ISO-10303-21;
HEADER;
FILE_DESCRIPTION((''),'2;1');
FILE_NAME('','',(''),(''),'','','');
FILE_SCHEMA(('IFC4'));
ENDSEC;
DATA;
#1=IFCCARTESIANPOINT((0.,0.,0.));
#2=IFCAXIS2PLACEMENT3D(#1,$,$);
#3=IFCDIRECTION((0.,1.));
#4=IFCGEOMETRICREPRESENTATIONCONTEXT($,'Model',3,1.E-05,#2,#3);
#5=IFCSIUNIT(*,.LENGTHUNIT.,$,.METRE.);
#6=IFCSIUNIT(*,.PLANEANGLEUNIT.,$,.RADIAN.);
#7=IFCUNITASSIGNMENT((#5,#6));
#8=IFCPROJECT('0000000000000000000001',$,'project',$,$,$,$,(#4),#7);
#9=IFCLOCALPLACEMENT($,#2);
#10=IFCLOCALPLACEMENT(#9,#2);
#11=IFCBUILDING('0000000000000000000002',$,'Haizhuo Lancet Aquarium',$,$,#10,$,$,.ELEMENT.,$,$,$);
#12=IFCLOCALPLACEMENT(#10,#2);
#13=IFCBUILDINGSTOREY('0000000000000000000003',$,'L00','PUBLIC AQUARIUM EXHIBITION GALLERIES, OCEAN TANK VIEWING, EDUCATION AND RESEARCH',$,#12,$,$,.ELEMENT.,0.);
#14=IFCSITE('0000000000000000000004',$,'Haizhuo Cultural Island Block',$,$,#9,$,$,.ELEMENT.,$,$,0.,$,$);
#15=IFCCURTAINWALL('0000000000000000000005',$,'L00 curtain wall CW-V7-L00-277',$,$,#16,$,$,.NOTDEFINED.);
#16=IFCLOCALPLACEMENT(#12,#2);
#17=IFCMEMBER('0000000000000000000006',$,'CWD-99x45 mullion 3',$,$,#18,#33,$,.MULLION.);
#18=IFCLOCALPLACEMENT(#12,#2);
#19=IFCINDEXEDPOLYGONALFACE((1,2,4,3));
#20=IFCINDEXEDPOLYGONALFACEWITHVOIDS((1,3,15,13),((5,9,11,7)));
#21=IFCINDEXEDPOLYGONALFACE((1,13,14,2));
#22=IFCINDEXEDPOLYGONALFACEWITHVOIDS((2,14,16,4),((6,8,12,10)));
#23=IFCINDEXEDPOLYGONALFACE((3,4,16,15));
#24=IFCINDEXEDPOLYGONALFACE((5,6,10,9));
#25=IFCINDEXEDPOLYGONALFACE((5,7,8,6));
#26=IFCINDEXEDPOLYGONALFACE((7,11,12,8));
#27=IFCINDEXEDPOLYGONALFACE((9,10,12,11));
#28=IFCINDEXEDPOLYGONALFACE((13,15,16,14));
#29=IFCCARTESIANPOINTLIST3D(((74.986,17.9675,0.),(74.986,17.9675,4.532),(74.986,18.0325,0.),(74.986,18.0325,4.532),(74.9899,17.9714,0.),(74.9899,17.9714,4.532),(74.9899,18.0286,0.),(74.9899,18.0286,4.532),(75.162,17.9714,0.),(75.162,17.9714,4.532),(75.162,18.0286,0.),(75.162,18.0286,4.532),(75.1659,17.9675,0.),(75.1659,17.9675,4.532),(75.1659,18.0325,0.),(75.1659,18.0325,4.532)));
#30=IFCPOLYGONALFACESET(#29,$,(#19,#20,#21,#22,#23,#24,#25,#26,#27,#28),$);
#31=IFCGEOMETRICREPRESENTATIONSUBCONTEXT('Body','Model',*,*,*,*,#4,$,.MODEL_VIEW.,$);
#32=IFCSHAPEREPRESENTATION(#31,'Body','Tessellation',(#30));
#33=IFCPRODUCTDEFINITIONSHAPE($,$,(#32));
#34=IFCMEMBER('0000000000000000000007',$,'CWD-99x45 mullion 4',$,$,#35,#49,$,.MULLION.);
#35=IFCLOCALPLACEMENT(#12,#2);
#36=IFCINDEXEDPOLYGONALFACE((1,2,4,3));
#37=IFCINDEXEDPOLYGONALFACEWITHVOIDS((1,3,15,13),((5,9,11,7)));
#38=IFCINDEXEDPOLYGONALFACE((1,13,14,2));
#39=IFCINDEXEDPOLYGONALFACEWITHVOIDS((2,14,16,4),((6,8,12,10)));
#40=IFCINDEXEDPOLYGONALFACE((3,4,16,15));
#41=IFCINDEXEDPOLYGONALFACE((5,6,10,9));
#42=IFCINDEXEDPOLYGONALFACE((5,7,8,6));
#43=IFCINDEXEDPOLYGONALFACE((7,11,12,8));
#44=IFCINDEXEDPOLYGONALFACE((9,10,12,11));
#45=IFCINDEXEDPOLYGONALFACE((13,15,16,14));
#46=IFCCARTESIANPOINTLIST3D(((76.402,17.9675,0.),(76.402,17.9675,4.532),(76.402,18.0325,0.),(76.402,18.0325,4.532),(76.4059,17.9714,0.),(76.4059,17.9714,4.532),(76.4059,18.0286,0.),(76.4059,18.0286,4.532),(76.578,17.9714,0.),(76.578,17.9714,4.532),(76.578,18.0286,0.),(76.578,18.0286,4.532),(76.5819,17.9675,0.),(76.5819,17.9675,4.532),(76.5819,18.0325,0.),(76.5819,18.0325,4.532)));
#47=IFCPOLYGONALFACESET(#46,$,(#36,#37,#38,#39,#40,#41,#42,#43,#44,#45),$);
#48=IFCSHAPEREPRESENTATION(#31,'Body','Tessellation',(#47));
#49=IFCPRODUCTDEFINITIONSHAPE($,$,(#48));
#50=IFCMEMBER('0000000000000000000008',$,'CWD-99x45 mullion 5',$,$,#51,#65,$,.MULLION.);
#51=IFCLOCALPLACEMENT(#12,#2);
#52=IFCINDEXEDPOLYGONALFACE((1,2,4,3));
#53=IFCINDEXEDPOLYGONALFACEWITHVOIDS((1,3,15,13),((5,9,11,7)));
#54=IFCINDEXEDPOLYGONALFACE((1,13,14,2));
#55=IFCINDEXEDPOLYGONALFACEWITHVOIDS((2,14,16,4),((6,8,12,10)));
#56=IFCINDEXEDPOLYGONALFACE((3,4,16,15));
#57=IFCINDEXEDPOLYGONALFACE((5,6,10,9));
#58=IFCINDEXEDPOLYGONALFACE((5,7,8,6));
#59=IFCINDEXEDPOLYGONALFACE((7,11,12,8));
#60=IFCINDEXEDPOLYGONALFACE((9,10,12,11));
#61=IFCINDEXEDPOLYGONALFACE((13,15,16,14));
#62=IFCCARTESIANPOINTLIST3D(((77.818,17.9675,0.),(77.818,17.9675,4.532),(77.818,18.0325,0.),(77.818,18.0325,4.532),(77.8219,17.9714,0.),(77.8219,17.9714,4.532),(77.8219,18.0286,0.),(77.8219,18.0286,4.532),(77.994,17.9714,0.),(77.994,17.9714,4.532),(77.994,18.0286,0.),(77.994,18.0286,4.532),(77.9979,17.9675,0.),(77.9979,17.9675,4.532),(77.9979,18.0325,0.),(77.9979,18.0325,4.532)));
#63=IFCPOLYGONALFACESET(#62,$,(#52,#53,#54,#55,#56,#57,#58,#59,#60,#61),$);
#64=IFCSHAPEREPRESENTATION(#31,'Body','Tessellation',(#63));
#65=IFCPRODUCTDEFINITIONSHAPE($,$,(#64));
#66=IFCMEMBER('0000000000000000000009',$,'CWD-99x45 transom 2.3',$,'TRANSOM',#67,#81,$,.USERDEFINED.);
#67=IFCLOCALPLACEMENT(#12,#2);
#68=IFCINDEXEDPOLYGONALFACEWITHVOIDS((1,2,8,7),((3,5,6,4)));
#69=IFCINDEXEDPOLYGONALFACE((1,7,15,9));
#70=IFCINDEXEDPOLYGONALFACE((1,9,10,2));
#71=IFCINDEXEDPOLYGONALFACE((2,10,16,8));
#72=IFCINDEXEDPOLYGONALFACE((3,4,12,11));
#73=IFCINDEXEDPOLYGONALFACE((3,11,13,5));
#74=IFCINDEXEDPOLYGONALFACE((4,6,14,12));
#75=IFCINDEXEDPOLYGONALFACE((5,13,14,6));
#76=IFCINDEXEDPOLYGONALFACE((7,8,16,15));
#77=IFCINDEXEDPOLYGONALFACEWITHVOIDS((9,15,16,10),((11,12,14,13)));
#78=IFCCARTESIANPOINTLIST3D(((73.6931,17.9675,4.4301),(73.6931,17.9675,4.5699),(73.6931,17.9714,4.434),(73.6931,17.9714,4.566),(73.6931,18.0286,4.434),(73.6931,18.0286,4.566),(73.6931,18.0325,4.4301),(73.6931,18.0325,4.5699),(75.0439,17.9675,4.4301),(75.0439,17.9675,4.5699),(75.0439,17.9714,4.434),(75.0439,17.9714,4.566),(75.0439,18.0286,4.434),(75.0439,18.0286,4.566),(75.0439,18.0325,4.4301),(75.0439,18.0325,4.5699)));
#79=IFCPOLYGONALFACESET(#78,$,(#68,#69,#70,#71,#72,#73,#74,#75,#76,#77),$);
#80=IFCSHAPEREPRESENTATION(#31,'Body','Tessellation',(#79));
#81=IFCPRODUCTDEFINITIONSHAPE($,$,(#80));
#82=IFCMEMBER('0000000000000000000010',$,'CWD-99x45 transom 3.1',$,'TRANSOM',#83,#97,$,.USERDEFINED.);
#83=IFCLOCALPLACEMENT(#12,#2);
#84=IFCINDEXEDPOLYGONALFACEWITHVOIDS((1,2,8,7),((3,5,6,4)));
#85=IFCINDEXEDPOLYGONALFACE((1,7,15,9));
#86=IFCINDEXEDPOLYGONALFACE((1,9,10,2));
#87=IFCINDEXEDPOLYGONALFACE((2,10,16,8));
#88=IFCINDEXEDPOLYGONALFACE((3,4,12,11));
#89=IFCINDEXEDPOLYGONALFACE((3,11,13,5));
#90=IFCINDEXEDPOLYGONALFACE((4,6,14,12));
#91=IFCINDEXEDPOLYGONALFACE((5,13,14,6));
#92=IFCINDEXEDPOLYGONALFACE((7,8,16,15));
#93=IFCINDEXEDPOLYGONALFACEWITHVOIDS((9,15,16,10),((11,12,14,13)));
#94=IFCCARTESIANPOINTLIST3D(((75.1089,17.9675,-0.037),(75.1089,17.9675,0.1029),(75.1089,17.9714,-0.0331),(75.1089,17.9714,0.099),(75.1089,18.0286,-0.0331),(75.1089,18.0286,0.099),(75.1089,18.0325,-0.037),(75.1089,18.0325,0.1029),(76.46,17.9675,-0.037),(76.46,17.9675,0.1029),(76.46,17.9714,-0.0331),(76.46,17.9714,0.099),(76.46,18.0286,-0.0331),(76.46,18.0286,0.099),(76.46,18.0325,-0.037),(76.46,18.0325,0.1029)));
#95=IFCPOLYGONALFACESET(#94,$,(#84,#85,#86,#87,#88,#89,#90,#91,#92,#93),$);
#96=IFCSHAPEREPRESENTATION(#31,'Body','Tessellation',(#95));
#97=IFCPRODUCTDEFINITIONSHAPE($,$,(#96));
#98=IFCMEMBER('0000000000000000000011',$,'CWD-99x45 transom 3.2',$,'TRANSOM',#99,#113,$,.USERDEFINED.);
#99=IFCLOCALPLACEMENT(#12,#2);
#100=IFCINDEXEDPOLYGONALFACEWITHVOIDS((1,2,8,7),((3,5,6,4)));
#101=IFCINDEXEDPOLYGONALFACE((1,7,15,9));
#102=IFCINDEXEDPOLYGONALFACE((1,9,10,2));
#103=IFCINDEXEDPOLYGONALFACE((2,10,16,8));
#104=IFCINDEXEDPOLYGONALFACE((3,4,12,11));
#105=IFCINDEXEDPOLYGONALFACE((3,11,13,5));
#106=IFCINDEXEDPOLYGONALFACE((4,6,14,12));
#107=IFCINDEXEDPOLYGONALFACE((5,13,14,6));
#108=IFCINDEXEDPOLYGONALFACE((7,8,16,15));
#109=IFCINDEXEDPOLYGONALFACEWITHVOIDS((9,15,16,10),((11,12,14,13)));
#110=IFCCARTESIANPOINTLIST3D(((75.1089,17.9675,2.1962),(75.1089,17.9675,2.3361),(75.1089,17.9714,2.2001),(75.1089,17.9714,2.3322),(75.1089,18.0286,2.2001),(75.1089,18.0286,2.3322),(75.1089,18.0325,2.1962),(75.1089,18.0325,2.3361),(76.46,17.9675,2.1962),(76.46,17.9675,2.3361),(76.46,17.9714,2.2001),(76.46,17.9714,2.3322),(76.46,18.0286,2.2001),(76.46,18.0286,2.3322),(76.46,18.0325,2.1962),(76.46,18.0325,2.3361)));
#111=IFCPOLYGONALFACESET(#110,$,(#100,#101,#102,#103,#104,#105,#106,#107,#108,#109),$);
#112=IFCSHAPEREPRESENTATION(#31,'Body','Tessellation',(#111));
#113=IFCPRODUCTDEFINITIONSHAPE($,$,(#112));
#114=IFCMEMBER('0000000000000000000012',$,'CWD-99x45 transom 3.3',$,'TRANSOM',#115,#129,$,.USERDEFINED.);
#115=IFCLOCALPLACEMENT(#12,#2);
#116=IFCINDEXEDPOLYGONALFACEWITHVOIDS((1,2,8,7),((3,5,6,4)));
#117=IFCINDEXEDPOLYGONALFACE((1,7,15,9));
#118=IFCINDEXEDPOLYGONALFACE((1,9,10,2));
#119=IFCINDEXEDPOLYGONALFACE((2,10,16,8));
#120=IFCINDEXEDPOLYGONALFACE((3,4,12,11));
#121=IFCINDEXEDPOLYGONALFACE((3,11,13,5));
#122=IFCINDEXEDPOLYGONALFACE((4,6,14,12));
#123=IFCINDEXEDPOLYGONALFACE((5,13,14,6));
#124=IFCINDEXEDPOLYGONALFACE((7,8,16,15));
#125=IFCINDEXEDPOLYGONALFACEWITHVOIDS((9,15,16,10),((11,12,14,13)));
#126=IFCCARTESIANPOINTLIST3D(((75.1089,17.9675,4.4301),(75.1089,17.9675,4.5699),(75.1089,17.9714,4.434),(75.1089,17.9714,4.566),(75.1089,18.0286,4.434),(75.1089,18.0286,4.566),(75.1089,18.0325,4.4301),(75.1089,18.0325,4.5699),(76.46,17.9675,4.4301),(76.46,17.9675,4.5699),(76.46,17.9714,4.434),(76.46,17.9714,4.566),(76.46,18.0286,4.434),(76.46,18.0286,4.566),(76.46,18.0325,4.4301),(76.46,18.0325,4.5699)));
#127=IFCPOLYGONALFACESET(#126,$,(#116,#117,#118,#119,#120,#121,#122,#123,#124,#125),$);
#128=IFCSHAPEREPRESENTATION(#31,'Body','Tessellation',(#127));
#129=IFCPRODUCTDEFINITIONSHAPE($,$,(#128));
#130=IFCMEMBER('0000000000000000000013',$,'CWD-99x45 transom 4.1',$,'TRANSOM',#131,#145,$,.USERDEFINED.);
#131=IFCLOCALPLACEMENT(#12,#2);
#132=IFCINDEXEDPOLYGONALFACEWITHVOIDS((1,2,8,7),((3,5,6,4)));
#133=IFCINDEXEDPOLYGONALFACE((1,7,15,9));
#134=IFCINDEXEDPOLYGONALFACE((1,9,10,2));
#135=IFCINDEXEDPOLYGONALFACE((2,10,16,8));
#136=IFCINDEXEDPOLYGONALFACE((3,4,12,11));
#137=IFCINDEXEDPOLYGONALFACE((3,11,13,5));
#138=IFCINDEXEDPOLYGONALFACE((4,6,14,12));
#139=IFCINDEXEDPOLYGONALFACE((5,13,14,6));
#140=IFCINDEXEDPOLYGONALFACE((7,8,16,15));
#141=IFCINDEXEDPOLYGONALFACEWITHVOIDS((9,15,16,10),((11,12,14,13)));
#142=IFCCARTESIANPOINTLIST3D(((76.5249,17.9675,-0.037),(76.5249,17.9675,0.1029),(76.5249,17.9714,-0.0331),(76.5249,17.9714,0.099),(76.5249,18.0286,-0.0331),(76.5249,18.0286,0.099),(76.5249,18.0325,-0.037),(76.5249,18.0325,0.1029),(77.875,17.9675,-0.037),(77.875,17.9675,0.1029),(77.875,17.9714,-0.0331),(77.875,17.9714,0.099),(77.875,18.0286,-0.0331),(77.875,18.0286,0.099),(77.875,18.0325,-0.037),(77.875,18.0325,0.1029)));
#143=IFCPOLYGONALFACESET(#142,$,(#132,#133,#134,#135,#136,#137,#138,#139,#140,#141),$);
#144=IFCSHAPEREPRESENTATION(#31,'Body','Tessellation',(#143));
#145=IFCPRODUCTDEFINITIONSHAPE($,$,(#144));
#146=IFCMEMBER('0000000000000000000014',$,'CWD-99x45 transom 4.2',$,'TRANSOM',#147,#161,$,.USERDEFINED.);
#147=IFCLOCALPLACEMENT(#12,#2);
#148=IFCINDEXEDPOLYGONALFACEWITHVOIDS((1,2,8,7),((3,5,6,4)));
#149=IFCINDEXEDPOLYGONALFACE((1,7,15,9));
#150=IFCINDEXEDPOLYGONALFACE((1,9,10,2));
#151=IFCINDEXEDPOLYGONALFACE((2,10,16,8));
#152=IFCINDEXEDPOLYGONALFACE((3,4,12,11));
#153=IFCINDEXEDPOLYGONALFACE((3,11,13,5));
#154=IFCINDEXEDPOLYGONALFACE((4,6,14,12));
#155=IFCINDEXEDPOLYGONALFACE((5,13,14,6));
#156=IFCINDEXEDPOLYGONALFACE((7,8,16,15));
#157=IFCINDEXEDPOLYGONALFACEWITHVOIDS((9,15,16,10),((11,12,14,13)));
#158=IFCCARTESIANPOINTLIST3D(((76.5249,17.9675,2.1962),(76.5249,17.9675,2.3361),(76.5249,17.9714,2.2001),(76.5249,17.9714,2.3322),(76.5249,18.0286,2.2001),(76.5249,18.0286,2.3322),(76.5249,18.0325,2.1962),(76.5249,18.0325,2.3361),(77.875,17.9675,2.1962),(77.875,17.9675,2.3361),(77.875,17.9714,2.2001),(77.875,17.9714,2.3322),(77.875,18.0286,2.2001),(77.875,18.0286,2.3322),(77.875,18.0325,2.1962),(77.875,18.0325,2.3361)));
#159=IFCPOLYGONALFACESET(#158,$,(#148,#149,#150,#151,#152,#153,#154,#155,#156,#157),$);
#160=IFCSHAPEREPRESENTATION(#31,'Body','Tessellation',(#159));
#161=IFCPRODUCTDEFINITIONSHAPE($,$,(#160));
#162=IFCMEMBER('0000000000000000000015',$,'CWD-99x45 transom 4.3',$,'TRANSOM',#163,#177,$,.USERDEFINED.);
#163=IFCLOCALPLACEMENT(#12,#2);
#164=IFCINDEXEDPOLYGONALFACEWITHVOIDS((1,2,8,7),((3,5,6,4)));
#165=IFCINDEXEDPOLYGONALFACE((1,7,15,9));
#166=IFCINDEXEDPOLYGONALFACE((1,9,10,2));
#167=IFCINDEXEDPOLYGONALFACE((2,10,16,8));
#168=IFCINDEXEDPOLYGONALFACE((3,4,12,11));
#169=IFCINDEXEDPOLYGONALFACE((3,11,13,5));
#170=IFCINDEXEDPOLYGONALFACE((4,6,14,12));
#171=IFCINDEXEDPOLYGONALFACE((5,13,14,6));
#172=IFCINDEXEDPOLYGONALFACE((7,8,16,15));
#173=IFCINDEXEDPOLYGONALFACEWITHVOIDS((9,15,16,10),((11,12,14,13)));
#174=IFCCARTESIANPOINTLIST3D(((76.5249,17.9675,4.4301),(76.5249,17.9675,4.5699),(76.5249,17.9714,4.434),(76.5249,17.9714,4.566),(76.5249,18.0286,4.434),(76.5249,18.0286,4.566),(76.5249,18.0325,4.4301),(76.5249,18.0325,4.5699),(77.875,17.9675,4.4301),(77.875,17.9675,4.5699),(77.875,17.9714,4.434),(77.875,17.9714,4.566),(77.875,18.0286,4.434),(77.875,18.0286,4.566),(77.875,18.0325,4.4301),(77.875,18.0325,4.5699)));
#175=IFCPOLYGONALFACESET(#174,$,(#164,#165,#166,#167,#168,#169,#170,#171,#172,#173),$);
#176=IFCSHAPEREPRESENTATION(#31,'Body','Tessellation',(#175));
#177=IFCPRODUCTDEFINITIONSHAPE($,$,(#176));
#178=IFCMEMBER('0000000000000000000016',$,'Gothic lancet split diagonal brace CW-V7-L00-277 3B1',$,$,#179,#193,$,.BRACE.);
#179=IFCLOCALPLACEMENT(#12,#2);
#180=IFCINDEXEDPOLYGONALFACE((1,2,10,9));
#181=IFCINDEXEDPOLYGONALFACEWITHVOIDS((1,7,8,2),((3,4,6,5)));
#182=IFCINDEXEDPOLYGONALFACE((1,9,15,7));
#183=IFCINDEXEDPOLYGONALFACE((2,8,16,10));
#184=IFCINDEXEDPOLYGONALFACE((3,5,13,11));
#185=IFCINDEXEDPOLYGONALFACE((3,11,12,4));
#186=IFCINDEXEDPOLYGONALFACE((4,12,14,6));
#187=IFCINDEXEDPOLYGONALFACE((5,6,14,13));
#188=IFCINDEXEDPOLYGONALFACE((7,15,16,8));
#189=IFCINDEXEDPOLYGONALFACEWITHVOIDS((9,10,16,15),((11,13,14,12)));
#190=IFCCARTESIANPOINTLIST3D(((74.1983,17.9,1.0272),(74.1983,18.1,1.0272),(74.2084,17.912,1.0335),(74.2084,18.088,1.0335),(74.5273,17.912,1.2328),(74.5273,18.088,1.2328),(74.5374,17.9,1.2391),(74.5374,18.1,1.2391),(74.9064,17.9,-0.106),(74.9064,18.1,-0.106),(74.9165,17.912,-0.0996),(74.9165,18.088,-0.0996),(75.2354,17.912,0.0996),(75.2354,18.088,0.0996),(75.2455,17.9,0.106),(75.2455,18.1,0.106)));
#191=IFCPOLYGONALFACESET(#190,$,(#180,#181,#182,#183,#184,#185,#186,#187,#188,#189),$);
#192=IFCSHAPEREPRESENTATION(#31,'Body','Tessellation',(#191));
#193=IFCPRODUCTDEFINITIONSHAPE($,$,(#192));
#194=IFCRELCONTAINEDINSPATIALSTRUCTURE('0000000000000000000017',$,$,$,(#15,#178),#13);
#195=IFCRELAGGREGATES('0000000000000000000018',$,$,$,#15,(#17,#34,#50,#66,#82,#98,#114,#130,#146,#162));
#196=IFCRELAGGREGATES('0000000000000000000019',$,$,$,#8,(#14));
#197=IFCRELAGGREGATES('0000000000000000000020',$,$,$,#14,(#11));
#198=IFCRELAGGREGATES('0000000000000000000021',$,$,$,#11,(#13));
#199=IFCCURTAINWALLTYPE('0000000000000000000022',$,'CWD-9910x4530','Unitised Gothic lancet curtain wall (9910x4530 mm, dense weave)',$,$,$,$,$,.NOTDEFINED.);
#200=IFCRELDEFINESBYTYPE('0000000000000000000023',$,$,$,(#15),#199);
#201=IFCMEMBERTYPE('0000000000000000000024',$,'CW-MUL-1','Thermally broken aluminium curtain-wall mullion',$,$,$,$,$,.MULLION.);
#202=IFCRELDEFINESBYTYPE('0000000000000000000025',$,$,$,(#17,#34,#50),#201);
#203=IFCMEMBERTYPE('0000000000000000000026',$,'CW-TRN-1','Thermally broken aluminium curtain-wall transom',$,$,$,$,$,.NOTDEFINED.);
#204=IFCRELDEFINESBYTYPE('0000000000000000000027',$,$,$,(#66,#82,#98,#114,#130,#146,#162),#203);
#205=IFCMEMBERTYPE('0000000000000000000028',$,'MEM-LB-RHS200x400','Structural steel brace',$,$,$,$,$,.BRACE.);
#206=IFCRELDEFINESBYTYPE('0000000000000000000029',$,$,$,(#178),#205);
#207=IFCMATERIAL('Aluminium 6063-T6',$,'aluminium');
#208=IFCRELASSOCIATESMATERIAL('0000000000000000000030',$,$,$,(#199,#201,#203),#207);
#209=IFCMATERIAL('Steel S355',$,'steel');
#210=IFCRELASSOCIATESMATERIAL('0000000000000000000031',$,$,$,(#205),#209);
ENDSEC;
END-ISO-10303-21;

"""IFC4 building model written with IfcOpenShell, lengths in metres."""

from ifc_helpers import new_model, si_unit, direction, frame, origin, origin_2d, place, context, subcontext, project, spatial, hollow_rectangle, extrude, material, material_profile, profile_set, type_object, element, aggregate, save


model = new_model("IFC4")

# Units and contexts
model_context = context("Model", 3, precision=1e-05, world=origin(), true_north=direction((0.0, 1.0)))
body_context = subcontext(model_context, "Body", "Model", "MODEL_VIEW")
ifc_project = project(units=[si_unit("LENGTHUNIT", "METRE"), si_unit("PLANEANGLEUNIT", "RADIAN")], contexts=[model_context])

# Site, building, storey
site_placement = place(None, origin())
site = spatial("IfcSite", under=ifc_project, at=site_placement, Name="Haizhuo Cultural Island Block", CompositionType="ELEMENT", RefElevation=0.0)
building_placement = place(site_placement, origin())
building = spatial("IfcBuilding", under=site, at=building_placement, Name="Haizhuo Lancet Aquarium", CompositionType="ELEMENT")
storey_placement = place(building_placement, origin())
storey = spatial("IfcBuildingStorey", under=building, at=storey_placement, Name="L00", Description="PUBLIC AQUARIUM EXHIBITION GALLERIES, OCEAN TANK VIEWING, EDUCATION AND RESEARCH", CompositionType="ELEMENT", Elevation=0.0)

# Curtain wall, members
ifc_material_1 = material(Name="Aluminium 6063-T6", Category="aluminium")
curtain_wall_type = type_object("IfcCurtainWallType", Name="CWD-9910x4530", Description="Unitised Gothic lancet curtain wall (9910x4530 mm, dense weave)", PredefinedType="NOTDEFINED", material=ifc_material_1)
curtain_wall_placement = place(storey_placement, origin())
curtain_wall = element("IfcCurtainWall", 1, at=curtain_wall_placement, inside=storey, type_object=curtain_wall_type, Name="L00 curtain wall CW-V7-L00-277", PredefinedType="NOTDEFINED")
ifc_material_profile_1 = material_profile(ifc_material_1, hollow_rectangle(XDim=0.0649, YDim=0.1799, WallThickness=0.0039, at=origin_2d()), Name="ALU-M 65x180x4")
ifc_profile_set_1 = profile_set([ifc_material_profile_1], Name="Aluminium 6063-T6")
member_type_1 = type_object("IfcMemberType", Name="CW-MUL-1", Description="Thermally broken aluminium curtain-wall mullion", PredefinedType="MULLION", material=ifc_profile_set_1)
member_1_placement = place(storey_placement, frame((75.0759, 18.0, 0.0), z_axis=(0.0, 0.0, 1.0), x_axis=(0.0, 1.0, 0.0)))
member_1 = element("IfcMember", 2, at=member_1_placement, type_object=member_type_1, Name="CWD-99x45 mullion 3", PredefinedType="MULLION", context=body_context, shape_type="SweptSolid", body=[
    extrude(hollow_rectangle(XDim=0.0649, YDim=0.1799, WallThickness=0.0039, at=origin_2d()), origin(), (0.0, 0.0, 1.0), 4.532),
])
member_2_placement = place(storey_placement, frame((76.4919, 18.0, 0.0), z_axis=(0.0, 0.0, 1.0), x_axis=(0.0, 1.0, 0.0)))
member_2 = element("IfcMember", 3, at=member_2_placement, type_object=member_type_1, Name="CWD-99x45 mullion 4", PredefinedType="MULLION", context=body_context, shape_type="SweptSolid", body=[
    extrude(hollow_rectangle(XDim=0.0649, YDim=0.1799, WallThickness=0.0039, at=origin_2d()), origin(), (0.0, 0.0, 1.0), 4.532),
])
member_3_placement = place(storey_placement, frame((77.908, 18.0, 0.0), z_axis=(0.0, 0.0, 1.0), x_axis=(0.0, 1.0, 0.0)))
member_3 = element("IfcMember", 4, at=member_3_placement, type_object=member_type_1, Name="CWD-99x45 mullion 5", PredefinedType="MULLION", context=body_context, shape_type="SweptSolid", body=[
    extrude(hollow_rectangle(XDim=0.0649, YDim=0.1799, WallThickness=0.0039, at=origin_2d()), origin(), (0.0, 0.0, 1.0), 4.532),
])
ifc_material_profile_2 = material_profile(ifc_material_1, hollow_rectangle(XDim=0.0649, YDim=0.1399, WallThickness=0.0039, at=origin_2d()), Name="ALU-T 65x140x4")
ifc_profile_set_2 = profile_set([ifc_material_profile_2], Name="Aluminium 6063-T6")
member_type_2 = type_object("IfcMemberType", Name="CW-TRN-1", Description="Thermally broken aluminium curtain-wall transom", PredefinedType="NOTDEFINED", material=ifc_profile_set_2)
member_4_placement = place(storey_placement, frame((73.6931, 18.0, 4.5), z_axis=(1.0, 0.0, 0.0), x_axis=(0.0, 1.0, 0.0)))
member_4 = element("IfcMember", 5, at=member_4_placement, type_object=member_type_2, Name="CWD-99x45 transom 2.3", ObjectType="TRANSOM", PredefinedType="USERDEFINED", context=body_context, shape_type="SweptSolid", body=[
    extrude(hollow_rectangle(XDim=0.0649, YDim=0.1399, WallThickness=0.0039, at=origin_2d()), origin(), (0.0, 0.0, 1.0), 1.3508),
])
member_5_placement = place(storey_placement, frame((75.1089, 18.0, 0.033), z_axis=(1.0, 0.0, 0.0), x_axis=(0.0, 1.0, 0.0)))
member_5 = element("IfcMember", 6, at=member_5_placement, type_object=member_type_2, Name="CWD-99x45 transom 3.1", ObjectType="TRANSOM", PredefinedType="USERDEFINED", context=body_context, shape_type="SweptSolid", body=[
    extrude(hollow_rectangle(XDim=0.0649, YDim=0.1399, WallThickness=0.0039, at=origin_2d()), origin(), (0.0, 0.0, 1.0), 1.3511),
])
member_6_placement = place(storey_placement, frame((75.1089, 18.0, 2.2661), z_axis=(1.0, 0.0, 0.0), x_axis=(0.0, 1.0, 0.0)))
member_6 = element("IfcMember", 7, at=member_6_placement, type_object=member_type_2, Name="CWD-99x45 transom 3.2", ObjectType="TRANSOM", PredefinedType="USERDEFINED", context=body_context, shape_type="SweptSolid", body=[
    extrude(hollow_rectangle(XDim=0.0649, YDim=0.1399, WallThickness=0.0039, at=origin_2d()), origin(), (0.0, 0.0, 1.0), 1.3511),
])
member_7_placement = place(storey_placement, frame((75.1089, 18.0, 4.5), z_axis=(1.0, 0.0, 0.0), x_axis=(0.0, 1.0, 0.0)))
member_7 = element("IfcMember", 8, at=member_7_placement, type_object=member_type_2, Name="CWD-99x45 transom 3.3", ObjectType="TRANSOM", PredefinedType="USERDEFINED", context=body_context, shape_type="SweptSolid", body=[
    extrude(hollow_rectangle(XDim=0.0649, YDim=0.1399, WallThickness=0.0039, at=origin_2d()), origin(), (0.0, 0.0, 1.0), 1.3511),
])
member_8_placement = place(storey_placement, frame((76.5249, 18.0, 0.033), z_axis=(1.0, 0.0, 0.0), x_axis=(0.0, 1.0, 0.0)))
member_8 = element("IfcMember", 9, at=member_8_placement, type_object=member_type_2, Name="CWD-99x45 transom 4.1", ObjectType="TRANSOM", PredefinedType="USERDEFINED", context=body_context, shape_type="SweptSolid", body=[
    extrude(hollow_rectangle(XDim=0.0649, YDim=0.1399, WallThickness=0.0039, at=origin_2d()), origin(), (0.0, 0.0, 1.0), 1.3501),
])
member_9_placement = place(storey_placement, frame((76.5249, 18.0, 2.2661), z_axis=(1.0, 0.0, 0.0), x_axis=(0.0, 1.0, 0.0)))
member_9 = element("IfcMember", 10, at=member_9_placement, type_object=member_type_2, Name="CWD-99x45 transom 4.2", ObjectType="TRANSOM", PredefinedType="USERDEFINED", context=body_context, shape_type="SweptSolid", body=[
    extrude(hollow_rectangle(XDim=0.0649, YDim=0.1399, WallThickness=0.0039, at=origin_2d()), origin(), (0.0, 0.0, 1.0), 1.3501),
])
member_10_placement = place(storey_placement, frame((76.5249, 18.0, 4.5), z_axis=(1.0, 0.0, 0.0), x_axis=(0.0, 1.0, 0.0)))
member_10 = element("IfcMember", 11, at=member_10_placement, type_object=member_type_2, Name="CWD-99x45 transom 4.3", ObjectType="TRANSOM", PredefinedType="USERDEFINED", context=body_context, shape_type="SweptSolid", body=[
    extrude(hollow_rectangle(XDim=0.0649, YDim=0.1399, WallThickness=0.0039, at=origin_2d()), origin(), (0.0, 0.0, 1.0), 1.3501),
])

# Member
ifc_material_2 = material(Name="Steel S355", Category="steel")
ifc_material_profile_3 = material_profile(ifc_material_2, hollow_rectangle(XDim=0.2, YDim=0.3999, WallThickness=0.012, at=origin_2d()), Name="RHS 200x400x12")
ifc_profile_set_3 = profile_set([ifc_material_profile_3], Name="Steel S355")
member_type_3 = type_object("IfcMemberType", Name="MEM-LB-RHS200x400", Description="Structural steel brace", PredefinedType="BRACE", material=ifc_profile_set_3)
member_11_placement = place(storey_placement, frame((75.0759, 18.0, 0.0), z_axis=(-0.529917, 0.0, 0.84805), x_axis=(0.0, -1.0, 0.0)))
element("IfcMember", 12, at=member_11_placement, inside=storey, type_object=member_type_3, Name="Gothic lancet split diagonal brace CW-V7-L00-277 3B1", PredefinedType="BRACE", context=body_context, shape_type="SweptSolid", body=[
    extrude(hollow_rectangle(XDim=0.2, YDim=0.3999, WallThickness=0.012, at=origin_2d()), origin(), (0.0, 0.0, 1.0), 1.3362),
])

aggregate(curtain_wall, [member_1, member_2, member_3, member_4, member_5, member_6, member_7, member_8, member_9, member_10])

save(model, "model.ifc")
